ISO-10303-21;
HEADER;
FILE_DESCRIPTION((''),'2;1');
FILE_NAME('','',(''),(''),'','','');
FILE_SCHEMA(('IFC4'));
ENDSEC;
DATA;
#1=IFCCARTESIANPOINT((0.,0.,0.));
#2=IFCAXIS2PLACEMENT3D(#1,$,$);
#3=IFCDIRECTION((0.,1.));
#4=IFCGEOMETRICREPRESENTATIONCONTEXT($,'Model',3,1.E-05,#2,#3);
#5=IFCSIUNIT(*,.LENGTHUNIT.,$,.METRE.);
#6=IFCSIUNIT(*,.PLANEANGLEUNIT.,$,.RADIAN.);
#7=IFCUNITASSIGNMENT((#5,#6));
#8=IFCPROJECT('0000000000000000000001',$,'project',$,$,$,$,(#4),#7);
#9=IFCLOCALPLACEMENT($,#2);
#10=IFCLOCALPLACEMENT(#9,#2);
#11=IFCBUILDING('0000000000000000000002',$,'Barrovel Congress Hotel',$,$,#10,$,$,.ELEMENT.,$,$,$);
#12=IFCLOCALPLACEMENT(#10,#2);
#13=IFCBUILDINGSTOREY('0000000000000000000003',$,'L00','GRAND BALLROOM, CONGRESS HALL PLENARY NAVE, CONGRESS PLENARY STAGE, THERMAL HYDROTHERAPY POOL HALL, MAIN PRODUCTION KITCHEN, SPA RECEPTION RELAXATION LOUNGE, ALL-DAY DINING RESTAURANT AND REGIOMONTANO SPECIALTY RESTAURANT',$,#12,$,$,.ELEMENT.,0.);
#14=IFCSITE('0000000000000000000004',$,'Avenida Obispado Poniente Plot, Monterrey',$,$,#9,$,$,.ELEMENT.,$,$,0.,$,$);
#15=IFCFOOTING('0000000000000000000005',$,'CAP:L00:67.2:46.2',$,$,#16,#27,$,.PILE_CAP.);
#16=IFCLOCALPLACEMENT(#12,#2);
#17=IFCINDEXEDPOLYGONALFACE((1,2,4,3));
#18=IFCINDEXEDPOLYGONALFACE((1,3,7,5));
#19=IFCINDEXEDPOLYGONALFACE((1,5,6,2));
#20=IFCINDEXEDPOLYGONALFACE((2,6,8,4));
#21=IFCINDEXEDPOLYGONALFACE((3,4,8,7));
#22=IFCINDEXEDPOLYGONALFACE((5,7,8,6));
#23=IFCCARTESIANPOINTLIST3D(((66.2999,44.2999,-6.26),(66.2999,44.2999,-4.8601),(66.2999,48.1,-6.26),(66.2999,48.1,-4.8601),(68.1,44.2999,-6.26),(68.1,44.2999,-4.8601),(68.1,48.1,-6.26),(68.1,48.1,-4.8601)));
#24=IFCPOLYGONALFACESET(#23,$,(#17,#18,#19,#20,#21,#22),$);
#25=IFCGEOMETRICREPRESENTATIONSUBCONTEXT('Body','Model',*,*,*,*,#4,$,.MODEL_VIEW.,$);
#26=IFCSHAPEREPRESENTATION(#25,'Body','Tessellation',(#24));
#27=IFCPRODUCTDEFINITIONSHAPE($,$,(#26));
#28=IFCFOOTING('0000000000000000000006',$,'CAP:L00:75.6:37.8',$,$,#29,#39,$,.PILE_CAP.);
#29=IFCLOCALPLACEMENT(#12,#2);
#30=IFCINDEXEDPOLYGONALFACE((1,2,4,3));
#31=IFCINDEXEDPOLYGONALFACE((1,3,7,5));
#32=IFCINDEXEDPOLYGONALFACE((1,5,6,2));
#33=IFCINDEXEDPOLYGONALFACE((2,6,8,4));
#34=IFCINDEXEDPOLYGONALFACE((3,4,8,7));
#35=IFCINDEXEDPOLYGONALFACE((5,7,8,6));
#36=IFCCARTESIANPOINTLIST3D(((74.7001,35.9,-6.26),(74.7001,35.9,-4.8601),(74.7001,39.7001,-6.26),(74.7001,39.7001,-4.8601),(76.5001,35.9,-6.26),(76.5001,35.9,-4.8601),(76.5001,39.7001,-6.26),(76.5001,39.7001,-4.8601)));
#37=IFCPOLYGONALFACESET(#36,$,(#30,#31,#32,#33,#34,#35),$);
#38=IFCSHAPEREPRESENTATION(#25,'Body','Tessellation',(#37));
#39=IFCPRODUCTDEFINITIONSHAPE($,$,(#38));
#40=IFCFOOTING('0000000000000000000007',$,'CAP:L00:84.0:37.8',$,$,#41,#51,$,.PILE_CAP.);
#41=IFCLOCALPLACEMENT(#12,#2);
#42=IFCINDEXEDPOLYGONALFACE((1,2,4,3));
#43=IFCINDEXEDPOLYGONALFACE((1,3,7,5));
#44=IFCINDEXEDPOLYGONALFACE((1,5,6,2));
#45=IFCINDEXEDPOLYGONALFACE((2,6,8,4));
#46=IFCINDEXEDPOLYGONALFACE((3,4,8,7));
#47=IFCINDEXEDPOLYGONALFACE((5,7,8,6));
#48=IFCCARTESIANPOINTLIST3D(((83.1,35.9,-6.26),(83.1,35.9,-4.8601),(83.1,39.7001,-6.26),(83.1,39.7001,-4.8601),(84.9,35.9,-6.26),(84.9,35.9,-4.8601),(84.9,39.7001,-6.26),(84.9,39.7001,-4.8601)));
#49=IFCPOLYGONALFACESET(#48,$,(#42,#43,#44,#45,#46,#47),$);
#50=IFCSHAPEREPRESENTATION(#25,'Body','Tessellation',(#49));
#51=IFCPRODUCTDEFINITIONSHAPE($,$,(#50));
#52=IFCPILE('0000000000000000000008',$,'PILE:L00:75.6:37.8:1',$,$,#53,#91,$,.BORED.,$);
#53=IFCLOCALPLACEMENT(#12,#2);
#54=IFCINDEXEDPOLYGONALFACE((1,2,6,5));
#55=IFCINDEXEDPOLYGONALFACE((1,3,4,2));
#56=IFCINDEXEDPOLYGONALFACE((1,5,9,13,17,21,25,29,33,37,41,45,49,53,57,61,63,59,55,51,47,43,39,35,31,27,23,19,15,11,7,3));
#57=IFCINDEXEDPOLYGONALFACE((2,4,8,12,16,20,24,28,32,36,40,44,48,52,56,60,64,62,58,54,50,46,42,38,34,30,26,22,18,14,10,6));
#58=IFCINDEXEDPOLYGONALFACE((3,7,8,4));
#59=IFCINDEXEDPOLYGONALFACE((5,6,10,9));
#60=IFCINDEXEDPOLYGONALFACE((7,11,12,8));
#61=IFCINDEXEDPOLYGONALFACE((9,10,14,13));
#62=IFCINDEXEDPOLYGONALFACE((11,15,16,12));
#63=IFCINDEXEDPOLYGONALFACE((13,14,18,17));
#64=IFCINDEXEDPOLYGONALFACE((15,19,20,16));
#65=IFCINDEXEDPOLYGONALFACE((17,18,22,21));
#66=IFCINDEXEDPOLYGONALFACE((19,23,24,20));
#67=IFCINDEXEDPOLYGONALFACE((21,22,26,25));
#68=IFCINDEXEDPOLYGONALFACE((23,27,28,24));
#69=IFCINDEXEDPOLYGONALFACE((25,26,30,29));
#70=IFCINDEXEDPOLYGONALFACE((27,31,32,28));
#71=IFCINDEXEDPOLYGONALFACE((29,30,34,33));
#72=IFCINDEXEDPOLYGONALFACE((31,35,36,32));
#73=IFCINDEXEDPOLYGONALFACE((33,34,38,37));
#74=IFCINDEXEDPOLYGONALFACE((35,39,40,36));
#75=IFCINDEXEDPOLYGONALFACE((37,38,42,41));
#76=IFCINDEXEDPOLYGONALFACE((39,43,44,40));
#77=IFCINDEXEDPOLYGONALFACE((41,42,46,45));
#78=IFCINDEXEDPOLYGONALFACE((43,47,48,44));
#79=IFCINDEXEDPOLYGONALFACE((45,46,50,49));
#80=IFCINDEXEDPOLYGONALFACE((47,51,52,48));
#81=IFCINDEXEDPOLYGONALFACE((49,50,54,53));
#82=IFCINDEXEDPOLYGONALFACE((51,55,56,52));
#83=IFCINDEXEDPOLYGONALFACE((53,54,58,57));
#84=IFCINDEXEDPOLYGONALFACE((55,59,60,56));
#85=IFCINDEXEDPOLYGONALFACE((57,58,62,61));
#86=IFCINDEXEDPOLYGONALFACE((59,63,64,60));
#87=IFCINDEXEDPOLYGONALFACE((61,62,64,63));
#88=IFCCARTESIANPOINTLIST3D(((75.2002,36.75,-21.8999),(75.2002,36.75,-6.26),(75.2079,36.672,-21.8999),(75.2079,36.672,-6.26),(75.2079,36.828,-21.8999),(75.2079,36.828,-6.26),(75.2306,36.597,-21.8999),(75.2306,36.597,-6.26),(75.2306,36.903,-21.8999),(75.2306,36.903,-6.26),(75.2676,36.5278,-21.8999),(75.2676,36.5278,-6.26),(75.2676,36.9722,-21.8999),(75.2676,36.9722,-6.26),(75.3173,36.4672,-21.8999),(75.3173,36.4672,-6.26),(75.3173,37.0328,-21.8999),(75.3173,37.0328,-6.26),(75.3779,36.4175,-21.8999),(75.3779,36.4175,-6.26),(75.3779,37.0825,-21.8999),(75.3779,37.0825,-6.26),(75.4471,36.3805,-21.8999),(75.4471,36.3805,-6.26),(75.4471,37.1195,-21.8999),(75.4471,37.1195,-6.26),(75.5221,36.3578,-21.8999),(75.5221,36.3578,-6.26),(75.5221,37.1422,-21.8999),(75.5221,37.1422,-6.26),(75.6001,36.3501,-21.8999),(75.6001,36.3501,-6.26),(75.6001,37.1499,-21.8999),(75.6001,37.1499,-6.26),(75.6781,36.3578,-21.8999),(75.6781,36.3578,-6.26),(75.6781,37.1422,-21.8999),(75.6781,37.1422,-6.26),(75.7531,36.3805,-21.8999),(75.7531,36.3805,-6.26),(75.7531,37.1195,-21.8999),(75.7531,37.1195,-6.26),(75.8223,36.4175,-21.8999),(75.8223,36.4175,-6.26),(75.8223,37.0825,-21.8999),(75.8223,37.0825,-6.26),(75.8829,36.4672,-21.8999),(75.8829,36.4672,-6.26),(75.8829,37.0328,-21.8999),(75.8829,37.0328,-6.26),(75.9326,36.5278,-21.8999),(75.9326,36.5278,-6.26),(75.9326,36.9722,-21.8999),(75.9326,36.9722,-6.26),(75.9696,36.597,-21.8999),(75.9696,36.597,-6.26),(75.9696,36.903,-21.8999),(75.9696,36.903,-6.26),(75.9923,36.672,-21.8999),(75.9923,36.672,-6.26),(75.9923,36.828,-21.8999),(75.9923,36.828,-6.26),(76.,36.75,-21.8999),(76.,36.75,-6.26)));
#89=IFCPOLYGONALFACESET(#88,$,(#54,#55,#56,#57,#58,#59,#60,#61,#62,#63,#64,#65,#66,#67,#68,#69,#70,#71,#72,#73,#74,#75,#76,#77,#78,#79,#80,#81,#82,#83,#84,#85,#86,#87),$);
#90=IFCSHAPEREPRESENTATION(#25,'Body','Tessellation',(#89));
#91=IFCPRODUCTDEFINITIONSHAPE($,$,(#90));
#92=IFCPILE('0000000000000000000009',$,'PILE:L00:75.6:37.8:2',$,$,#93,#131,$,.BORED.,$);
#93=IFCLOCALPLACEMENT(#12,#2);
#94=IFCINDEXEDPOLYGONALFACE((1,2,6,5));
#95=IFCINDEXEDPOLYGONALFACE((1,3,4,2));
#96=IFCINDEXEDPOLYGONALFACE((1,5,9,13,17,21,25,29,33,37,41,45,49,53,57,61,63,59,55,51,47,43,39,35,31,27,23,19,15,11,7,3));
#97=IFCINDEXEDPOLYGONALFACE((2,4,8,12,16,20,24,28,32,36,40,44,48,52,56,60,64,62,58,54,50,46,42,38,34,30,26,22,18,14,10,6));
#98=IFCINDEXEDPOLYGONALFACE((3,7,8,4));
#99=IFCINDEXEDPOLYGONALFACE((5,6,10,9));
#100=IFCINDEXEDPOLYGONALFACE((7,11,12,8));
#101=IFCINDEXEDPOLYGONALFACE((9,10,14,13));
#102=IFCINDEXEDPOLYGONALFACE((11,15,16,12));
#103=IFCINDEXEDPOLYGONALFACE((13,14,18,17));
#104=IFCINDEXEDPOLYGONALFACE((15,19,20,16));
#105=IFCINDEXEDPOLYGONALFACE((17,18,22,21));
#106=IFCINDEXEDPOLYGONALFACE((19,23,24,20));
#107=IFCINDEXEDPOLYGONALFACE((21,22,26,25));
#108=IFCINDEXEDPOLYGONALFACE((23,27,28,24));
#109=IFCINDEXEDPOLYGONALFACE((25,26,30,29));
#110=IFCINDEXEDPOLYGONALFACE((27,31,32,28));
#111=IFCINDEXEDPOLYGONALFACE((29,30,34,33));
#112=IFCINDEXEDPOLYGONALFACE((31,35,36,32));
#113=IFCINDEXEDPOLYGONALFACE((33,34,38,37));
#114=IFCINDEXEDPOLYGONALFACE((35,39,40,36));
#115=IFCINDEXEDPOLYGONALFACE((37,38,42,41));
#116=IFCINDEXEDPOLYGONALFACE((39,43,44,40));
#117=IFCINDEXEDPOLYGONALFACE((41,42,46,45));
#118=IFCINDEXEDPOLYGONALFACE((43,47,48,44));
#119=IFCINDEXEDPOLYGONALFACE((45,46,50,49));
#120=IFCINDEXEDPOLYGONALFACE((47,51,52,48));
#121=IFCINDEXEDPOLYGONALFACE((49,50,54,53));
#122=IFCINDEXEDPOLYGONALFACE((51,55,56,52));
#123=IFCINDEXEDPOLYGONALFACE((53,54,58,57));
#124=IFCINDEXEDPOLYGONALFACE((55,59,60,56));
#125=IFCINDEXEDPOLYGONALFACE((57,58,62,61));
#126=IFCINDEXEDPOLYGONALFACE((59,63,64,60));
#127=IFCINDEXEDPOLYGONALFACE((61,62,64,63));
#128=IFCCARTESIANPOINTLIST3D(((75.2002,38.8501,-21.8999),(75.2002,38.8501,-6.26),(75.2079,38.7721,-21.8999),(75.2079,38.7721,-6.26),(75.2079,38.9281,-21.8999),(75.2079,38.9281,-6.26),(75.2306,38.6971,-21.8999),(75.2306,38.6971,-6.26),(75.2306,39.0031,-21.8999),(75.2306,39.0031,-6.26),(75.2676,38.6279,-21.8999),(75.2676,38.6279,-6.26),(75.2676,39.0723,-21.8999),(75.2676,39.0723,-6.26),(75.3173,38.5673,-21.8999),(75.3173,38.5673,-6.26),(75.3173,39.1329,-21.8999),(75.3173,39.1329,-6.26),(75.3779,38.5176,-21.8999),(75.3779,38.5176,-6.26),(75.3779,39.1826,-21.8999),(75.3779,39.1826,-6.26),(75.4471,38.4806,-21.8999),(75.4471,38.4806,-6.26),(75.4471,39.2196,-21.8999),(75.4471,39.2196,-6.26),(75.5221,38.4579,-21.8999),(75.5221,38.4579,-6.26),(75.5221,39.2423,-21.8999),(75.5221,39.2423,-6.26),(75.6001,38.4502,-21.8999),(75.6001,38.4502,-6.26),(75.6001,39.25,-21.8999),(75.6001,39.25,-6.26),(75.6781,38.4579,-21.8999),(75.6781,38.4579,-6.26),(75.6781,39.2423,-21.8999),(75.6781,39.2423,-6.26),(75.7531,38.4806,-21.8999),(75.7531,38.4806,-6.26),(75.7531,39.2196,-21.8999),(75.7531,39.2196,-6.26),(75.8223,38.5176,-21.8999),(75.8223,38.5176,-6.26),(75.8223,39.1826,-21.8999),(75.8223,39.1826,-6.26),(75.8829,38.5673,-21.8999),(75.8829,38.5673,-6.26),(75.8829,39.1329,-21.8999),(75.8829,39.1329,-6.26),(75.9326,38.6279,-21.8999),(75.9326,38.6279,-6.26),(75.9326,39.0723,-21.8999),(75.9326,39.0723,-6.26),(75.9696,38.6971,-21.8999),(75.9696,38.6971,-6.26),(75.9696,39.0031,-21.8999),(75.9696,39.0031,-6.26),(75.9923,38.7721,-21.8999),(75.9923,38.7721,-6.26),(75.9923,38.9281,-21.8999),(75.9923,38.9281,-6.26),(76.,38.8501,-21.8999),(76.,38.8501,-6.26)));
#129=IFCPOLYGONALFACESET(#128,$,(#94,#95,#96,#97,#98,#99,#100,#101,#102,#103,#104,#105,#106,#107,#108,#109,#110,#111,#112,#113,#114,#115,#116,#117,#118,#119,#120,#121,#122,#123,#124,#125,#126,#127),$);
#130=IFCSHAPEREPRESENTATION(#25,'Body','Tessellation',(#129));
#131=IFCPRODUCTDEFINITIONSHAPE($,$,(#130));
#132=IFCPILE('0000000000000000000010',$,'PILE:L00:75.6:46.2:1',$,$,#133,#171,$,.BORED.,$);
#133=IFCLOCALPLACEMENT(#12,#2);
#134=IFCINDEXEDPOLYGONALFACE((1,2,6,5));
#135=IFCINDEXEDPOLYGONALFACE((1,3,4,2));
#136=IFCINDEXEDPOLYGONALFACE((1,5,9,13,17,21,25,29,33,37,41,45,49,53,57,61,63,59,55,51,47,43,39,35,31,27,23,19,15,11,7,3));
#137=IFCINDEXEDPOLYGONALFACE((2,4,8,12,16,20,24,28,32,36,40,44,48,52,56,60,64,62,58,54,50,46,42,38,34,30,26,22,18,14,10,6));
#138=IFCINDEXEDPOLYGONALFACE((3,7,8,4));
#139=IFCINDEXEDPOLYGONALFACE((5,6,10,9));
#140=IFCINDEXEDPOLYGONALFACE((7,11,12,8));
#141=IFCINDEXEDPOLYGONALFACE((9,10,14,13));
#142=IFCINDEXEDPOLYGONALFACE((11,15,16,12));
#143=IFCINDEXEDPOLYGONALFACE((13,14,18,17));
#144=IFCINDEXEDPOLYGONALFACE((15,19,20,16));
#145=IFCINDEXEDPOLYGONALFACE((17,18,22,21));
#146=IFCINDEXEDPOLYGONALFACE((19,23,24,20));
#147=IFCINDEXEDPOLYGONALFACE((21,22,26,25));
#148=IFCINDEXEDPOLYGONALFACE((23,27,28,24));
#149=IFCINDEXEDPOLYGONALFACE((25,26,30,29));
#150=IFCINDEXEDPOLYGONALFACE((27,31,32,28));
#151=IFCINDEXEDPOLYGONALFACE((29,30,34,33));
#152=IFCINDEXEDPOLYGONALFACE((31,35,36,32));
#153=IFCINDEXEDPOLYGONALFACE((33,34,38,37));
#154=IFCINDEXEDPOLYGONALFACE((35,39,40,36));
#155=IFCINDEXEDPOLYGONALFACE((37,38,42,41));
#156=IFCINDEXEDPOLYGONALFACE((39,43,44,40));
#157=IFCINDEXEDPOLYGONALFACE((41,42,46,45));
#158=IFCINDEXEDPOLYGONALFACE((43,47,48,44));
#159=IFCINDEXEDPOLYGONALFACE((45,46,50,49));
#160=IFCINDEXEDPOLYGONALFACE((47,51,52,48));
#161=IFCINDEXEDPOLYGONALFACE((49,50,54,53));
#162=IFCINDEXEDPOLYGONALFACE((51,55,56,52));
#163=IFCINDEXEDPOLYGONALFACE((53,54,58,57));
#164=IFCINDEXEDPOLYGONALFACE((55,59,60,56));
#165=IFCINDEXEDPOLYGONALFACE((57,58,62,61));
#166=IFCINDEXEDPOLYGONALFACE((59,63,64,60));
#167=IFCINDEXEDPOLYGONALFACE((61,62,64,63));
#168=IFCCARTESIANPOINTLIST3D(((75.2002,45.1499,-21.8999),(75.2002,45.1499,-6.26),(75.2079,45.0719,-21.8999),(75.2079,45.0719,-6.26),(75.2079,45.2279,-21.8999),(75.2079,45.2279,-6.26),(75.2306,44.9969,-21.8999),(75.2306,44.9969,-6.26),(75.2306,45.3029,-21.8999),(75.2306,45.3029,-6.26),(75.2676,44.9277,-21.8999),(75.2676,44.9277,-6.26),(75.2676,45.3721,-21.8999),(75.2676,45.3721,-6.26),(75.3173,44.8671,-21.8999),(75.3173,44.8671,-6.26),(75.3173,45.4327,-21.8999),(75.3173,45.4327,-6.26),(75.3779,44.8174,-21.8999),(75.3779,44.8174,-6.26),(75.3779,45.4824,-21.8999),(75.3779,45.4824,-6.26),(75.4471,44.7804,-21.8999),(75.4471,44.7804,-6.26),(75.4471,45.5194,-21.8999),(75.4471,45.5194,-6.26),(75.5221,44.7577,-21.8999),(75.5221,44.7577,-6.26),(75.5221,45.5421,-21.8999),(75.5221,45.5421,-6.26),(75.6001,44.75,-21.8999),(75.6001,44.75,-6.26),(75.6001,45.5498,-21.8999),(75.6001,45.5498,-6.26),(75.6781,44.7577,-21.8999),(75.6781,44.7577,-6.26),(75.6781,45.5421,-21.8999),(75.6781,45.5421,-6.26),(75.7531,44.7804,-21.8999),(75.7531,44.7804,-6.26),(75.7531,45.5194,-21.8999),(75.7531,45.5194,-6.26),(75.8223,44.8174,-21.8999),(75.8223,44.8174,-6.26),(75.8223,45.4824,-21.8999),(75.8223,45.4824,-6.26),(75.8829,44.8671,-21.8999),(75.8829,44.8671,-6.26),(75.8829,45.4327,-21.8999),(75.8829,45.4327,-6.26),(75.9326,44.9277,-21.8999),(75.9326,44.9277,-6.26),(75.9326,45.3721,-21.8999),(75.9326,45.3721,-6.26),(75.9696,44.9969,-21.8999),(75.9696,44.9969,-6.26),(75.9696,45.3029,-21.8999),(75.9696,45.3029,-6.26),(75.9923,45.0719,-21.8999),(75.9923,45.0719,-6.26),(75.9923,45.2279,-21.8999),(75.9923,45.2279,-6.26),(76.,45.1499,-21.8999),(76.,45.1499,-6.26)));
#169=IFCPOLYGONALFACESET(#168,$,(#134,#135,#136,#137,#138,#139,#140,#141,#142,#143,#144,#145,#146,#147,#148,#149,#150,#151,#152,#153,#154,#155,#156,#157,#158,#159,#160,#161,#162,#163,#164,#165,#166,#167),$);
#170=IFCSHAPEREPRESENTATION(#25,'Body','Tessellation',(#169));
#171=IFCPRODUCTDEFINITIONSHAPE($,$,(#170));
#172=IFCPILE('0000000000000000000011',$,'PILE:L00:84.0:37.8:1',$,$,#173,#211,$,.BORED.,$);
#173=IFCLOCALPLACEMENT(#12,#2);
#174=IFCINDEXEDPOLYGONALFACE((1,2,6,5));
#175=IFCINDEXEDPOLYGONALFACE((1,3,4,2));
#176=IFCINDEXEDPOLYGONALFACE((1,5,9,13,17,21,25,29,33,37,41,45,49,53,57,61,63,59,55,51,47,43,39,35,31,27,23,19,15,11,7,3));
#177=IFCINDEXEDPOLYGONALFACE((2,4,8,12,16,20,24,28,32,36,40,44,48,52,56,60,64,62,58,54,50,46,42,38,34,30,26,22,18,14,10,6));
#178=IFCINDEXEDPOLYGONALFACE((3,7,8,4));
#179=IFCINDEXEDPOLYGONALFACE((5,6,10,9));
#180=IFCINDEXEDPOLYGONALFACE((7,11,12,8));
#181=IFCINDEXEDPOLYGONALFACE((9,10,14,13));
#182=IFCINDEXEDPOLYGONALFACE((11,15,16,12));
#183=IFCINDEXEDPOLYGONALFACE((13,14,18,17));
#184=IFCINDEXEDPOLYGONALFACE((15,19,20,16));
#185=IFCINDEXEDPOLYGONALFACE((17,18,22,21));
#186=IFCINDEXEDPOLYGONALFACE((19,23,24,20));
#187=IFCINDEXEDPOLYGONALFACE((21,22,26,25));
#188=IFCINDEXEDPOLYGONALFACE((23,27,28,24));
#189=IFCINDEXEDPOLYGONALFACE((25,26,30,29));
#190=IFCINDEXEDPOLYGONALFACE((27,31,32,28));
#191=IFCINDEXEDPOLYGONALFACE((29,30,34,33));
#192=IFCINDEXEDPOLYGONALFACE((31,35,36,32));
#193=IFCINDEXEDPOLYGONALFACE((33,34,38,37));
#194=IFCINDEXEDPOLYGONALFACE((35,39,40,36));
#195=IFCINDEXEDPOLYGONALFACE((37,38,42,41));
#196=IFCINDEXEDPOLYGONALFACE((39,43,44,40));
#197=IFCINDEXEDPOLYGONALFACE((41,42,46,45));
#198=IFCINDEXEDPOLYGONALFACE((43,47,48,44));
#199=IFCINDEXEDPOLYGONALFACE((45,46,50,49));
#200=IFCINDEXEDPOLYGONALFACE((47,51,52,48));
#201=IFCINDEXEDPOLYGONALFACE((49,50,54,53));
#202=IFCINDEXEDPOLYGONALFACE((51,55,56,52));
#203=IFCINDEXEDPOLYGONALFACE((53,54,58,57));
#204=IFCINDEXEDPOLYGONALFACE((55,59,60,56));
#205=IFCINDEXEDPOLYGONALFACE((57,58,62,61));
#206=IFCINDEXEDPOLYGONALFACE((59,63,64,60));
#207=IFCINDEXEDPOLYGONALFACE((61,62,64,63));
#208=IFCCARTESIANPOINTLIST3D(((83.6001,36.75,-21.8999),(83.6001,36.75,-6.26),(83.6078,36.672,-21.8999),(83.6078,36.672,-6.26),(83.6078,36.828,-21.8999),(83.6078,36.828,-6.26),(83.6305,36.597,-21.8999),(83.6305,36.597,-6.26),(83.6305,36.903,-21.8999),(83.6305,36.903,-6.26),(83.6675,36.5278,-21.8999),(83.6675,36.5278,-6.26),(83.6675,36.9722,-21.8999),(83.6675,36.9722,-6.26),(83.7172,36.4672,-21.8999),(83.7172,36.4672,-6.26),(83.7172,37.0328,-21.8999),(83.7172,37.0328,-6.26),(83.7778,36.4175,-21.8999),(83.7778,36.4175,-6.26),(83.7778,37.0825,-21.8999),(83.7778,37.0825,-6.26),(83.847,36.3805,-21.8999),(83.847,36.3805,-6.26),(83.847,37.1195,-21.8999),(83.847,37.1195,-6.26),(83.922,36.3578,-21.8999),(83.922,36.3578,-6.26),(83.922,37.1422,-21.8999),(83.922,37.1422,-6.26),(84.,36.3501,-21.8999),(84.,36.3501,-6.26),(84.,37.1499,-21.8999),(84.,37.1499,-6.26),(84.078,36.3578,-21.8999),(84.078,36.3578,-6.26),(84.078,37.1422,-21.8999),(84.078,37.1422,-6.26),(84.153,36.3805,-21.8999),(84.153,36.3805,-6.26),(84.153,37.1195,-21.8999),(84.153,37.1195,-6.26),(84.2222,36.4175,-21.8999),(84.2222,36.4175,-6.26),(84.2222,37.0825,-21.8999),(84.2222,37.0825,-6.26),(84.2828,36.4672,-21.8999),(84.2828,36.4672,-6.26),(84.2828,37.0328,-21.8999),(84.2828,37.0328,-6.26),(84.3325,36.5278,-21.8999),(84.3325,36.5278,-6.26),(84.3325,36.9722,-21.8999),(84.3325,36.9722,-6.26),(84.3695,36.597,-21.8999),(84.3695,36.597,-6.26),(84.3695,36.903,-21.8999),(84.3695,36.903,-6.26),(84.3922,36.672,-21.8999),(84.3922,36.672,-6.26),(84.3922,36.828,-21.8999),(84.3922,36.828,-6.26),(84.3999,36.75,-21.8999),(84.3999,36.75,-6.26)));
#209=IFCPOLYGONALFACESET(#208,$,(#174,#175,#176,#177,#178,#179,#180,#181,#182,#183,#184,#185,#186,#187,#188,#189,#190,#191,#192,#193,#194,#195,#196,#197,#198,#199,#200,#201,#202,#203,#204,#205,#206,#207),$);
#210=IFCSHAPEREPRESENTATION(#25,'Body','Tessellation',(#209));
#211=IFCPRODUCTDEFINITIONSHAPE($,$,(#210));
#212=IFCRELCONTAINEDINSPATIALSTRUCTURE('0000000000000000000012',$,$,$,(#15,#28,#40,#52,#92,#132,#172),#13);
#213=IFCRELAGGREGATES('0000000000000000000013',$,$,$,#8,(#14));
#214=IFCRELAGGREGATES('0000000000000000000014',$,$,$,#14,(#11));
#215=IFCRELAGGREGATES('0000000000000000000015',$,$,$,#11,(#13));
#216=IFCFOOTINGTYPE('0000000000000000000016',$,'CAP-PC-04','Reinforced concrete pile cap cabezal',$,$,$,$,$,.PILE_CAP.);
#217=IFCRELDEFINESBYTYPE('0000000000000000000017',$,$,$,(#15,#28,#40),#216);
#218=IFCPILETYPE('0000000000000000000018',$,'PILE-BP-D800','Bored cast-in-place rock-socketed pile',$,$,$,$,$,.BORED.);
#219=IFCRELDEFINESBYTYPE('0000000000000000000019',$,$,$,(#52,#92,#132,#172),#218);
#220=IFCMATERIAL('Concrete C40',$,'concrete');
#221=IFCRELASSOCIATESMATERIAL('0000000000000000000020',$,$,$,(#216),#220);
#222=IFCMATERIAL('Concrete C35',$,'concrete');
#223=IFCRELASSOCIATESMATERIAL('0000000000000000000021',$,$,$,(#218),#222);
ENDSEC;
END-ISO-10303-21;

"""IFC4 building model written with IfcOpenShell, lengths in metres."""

from ifc_helpers import new_model, si_unit, direction, frame, origin, origin_2d, place, context, subcontext, project, spatial, rectangle, circle, extrude, material, material_profile, profile_set, type_object, element, save


model = new_model("IFC4")

# Units and contexts
model_context = context("Model", 3, precision=1e-05, world=origin(), true_north=direction((0.0, 1.0)))
body_context = subcontext(model_context, "Body", "Model", "MODEL_VIEW")
ifc_project = project(units=[si_unit("LENGTHUNIT", "METRE"), si_unit("PLANEANGLEUNIT", "RADIAN")], contexts=[model_context])

# Site, building, storey
site_placement = place(None, origin())
site = spatial("IfcSite", under=ifc_project, at=site_placement, Name="Avenida Obispado Poniente Plot, Monterrey", CompositionType="ELEMENT", RefElevation=0.0)
building_placement = place(site_placement, origin())
building = spatial("IfcBuilding", under=site, at=building_placement, Name="Barrovel Congress Hotel", CompositionType="ELEMENT")
storey_placement = place(building_placement, origin())
storey = spatial("IfcBuildingStorey", under=building, at=storey_placement, Name="L00", Description="GRAND BALLROOM, CONGRESS HALL PLENARY NAVE, CONGRESS PLENARY STAGE, THERMAL HYDROTHERAPY POOL HALL, MAIN PRODUCTION KITCHEN, SPA RECEPTION RELAXATION LOUNGE, ALL-DAY DINING RESTAURANT AND REGIOMONTANO SPECIALTY RESTAURANT", CompositionType="ELEMENT", Elevation=0.0)

# Footings
ifc_material_1 = material(Name="Concrete C40", Category="concrete")
footing_type = type_object("IfcFootingType", Name="CAP-PC-04", Description="Reinforced concrete pile cap cabezal", PredefinedType="PILE_CAP", material=ifc_material_1)
for number, where, z_axis, x_axis, name in (
    (1, (67.2, 46.2, -6.26), (0.0, 0.0, 1.0), (1.0, 0.0, 0.0), "CAP:L00:67.2:46.2"),
    (2, (75.6001, 37.8, -6.26), (0.0, 0.0, 1.0), (1.0, 0.0, 0.0), "CAP:L00:75.6:37.8"),
    (3, (84.0, 37.8, -6.26), (0.0, 0.0, 1.0), (1.0, 0.0, 0.0), "CAP:L00:84.0:37.8"),
):
    element("IfcFooting", number, at=place(storey_placement, frame(where, z_axis=z_axis, x_axis=x_axis)), inside=storey, type_object=footing_type, Name=name, PredefinedType="PILE_CAP", context=body_context, shape_type="SweptSolid", body=[
        extrude(rectangle(XDim=1.8, YDim=3.8, at=origin_2d()), origin(), (0.0, 0.0, 1.0), 1.3999),
    ])

# Piles
ifc_material_2 = material(Name="Concrete C35", Category="concrete")
ifc_material_profile_1 = material_profile(ifc_material_2, circle(Radius=0.3999, at=origin_2d()), Name="BP-D800")
ifc_profile_set_1 = profile_set([ifc_material_profile_1], Name="Concrete C35")
pile_type = type_object("IfcPileType", Name="PILE-BP-D800", Description="Bored cast-in-place rock-socketed pile", PredefinedType="BORED", material=ifc_profile_set_1)
for number, where, z_axis, x_axis, name in (
    (4, (75.6001, 36.75, -6.26), (0.0, 0.0, -1.0), (1.0, 0.0, 0.0), "PILE:L00:75.6:37.8:1"),
    (5, (75.6001, 38.8501, -6.26), (0.0, 0.0, -1.0), (1.0, 0.0, 0.0), "PILE:L00:75.6:37.8:2"),
    (6, (75.6001, 45.1499, -6.26), (0.0, 0.0, -1.0), (1.0, 0.0, 0.0), "PILE:L00:75.6:46.2:1"),
    (7, (84.0, 36.75, -6.26), (0.0, 0.0, -1.0), (1.0, 0.0, 0.0), "PILE:L00:84.0:37.8:1"),
):
    element("IfcPile", number, at=place(storey_placement, frame(where, z_axis=z_axis, x_axis=x_axis)), inside=storey, type_object=pile_type, Name=name, PredefinedType="BORED", context=body_context, shape_type="SweptSolid", body=[
        extrude(circle(Radius=0.3999, at=origin_2d()), origin(), (0.0, 0.0, 1.0), 15.6399),
    ])

save(model, "model.ifc")
